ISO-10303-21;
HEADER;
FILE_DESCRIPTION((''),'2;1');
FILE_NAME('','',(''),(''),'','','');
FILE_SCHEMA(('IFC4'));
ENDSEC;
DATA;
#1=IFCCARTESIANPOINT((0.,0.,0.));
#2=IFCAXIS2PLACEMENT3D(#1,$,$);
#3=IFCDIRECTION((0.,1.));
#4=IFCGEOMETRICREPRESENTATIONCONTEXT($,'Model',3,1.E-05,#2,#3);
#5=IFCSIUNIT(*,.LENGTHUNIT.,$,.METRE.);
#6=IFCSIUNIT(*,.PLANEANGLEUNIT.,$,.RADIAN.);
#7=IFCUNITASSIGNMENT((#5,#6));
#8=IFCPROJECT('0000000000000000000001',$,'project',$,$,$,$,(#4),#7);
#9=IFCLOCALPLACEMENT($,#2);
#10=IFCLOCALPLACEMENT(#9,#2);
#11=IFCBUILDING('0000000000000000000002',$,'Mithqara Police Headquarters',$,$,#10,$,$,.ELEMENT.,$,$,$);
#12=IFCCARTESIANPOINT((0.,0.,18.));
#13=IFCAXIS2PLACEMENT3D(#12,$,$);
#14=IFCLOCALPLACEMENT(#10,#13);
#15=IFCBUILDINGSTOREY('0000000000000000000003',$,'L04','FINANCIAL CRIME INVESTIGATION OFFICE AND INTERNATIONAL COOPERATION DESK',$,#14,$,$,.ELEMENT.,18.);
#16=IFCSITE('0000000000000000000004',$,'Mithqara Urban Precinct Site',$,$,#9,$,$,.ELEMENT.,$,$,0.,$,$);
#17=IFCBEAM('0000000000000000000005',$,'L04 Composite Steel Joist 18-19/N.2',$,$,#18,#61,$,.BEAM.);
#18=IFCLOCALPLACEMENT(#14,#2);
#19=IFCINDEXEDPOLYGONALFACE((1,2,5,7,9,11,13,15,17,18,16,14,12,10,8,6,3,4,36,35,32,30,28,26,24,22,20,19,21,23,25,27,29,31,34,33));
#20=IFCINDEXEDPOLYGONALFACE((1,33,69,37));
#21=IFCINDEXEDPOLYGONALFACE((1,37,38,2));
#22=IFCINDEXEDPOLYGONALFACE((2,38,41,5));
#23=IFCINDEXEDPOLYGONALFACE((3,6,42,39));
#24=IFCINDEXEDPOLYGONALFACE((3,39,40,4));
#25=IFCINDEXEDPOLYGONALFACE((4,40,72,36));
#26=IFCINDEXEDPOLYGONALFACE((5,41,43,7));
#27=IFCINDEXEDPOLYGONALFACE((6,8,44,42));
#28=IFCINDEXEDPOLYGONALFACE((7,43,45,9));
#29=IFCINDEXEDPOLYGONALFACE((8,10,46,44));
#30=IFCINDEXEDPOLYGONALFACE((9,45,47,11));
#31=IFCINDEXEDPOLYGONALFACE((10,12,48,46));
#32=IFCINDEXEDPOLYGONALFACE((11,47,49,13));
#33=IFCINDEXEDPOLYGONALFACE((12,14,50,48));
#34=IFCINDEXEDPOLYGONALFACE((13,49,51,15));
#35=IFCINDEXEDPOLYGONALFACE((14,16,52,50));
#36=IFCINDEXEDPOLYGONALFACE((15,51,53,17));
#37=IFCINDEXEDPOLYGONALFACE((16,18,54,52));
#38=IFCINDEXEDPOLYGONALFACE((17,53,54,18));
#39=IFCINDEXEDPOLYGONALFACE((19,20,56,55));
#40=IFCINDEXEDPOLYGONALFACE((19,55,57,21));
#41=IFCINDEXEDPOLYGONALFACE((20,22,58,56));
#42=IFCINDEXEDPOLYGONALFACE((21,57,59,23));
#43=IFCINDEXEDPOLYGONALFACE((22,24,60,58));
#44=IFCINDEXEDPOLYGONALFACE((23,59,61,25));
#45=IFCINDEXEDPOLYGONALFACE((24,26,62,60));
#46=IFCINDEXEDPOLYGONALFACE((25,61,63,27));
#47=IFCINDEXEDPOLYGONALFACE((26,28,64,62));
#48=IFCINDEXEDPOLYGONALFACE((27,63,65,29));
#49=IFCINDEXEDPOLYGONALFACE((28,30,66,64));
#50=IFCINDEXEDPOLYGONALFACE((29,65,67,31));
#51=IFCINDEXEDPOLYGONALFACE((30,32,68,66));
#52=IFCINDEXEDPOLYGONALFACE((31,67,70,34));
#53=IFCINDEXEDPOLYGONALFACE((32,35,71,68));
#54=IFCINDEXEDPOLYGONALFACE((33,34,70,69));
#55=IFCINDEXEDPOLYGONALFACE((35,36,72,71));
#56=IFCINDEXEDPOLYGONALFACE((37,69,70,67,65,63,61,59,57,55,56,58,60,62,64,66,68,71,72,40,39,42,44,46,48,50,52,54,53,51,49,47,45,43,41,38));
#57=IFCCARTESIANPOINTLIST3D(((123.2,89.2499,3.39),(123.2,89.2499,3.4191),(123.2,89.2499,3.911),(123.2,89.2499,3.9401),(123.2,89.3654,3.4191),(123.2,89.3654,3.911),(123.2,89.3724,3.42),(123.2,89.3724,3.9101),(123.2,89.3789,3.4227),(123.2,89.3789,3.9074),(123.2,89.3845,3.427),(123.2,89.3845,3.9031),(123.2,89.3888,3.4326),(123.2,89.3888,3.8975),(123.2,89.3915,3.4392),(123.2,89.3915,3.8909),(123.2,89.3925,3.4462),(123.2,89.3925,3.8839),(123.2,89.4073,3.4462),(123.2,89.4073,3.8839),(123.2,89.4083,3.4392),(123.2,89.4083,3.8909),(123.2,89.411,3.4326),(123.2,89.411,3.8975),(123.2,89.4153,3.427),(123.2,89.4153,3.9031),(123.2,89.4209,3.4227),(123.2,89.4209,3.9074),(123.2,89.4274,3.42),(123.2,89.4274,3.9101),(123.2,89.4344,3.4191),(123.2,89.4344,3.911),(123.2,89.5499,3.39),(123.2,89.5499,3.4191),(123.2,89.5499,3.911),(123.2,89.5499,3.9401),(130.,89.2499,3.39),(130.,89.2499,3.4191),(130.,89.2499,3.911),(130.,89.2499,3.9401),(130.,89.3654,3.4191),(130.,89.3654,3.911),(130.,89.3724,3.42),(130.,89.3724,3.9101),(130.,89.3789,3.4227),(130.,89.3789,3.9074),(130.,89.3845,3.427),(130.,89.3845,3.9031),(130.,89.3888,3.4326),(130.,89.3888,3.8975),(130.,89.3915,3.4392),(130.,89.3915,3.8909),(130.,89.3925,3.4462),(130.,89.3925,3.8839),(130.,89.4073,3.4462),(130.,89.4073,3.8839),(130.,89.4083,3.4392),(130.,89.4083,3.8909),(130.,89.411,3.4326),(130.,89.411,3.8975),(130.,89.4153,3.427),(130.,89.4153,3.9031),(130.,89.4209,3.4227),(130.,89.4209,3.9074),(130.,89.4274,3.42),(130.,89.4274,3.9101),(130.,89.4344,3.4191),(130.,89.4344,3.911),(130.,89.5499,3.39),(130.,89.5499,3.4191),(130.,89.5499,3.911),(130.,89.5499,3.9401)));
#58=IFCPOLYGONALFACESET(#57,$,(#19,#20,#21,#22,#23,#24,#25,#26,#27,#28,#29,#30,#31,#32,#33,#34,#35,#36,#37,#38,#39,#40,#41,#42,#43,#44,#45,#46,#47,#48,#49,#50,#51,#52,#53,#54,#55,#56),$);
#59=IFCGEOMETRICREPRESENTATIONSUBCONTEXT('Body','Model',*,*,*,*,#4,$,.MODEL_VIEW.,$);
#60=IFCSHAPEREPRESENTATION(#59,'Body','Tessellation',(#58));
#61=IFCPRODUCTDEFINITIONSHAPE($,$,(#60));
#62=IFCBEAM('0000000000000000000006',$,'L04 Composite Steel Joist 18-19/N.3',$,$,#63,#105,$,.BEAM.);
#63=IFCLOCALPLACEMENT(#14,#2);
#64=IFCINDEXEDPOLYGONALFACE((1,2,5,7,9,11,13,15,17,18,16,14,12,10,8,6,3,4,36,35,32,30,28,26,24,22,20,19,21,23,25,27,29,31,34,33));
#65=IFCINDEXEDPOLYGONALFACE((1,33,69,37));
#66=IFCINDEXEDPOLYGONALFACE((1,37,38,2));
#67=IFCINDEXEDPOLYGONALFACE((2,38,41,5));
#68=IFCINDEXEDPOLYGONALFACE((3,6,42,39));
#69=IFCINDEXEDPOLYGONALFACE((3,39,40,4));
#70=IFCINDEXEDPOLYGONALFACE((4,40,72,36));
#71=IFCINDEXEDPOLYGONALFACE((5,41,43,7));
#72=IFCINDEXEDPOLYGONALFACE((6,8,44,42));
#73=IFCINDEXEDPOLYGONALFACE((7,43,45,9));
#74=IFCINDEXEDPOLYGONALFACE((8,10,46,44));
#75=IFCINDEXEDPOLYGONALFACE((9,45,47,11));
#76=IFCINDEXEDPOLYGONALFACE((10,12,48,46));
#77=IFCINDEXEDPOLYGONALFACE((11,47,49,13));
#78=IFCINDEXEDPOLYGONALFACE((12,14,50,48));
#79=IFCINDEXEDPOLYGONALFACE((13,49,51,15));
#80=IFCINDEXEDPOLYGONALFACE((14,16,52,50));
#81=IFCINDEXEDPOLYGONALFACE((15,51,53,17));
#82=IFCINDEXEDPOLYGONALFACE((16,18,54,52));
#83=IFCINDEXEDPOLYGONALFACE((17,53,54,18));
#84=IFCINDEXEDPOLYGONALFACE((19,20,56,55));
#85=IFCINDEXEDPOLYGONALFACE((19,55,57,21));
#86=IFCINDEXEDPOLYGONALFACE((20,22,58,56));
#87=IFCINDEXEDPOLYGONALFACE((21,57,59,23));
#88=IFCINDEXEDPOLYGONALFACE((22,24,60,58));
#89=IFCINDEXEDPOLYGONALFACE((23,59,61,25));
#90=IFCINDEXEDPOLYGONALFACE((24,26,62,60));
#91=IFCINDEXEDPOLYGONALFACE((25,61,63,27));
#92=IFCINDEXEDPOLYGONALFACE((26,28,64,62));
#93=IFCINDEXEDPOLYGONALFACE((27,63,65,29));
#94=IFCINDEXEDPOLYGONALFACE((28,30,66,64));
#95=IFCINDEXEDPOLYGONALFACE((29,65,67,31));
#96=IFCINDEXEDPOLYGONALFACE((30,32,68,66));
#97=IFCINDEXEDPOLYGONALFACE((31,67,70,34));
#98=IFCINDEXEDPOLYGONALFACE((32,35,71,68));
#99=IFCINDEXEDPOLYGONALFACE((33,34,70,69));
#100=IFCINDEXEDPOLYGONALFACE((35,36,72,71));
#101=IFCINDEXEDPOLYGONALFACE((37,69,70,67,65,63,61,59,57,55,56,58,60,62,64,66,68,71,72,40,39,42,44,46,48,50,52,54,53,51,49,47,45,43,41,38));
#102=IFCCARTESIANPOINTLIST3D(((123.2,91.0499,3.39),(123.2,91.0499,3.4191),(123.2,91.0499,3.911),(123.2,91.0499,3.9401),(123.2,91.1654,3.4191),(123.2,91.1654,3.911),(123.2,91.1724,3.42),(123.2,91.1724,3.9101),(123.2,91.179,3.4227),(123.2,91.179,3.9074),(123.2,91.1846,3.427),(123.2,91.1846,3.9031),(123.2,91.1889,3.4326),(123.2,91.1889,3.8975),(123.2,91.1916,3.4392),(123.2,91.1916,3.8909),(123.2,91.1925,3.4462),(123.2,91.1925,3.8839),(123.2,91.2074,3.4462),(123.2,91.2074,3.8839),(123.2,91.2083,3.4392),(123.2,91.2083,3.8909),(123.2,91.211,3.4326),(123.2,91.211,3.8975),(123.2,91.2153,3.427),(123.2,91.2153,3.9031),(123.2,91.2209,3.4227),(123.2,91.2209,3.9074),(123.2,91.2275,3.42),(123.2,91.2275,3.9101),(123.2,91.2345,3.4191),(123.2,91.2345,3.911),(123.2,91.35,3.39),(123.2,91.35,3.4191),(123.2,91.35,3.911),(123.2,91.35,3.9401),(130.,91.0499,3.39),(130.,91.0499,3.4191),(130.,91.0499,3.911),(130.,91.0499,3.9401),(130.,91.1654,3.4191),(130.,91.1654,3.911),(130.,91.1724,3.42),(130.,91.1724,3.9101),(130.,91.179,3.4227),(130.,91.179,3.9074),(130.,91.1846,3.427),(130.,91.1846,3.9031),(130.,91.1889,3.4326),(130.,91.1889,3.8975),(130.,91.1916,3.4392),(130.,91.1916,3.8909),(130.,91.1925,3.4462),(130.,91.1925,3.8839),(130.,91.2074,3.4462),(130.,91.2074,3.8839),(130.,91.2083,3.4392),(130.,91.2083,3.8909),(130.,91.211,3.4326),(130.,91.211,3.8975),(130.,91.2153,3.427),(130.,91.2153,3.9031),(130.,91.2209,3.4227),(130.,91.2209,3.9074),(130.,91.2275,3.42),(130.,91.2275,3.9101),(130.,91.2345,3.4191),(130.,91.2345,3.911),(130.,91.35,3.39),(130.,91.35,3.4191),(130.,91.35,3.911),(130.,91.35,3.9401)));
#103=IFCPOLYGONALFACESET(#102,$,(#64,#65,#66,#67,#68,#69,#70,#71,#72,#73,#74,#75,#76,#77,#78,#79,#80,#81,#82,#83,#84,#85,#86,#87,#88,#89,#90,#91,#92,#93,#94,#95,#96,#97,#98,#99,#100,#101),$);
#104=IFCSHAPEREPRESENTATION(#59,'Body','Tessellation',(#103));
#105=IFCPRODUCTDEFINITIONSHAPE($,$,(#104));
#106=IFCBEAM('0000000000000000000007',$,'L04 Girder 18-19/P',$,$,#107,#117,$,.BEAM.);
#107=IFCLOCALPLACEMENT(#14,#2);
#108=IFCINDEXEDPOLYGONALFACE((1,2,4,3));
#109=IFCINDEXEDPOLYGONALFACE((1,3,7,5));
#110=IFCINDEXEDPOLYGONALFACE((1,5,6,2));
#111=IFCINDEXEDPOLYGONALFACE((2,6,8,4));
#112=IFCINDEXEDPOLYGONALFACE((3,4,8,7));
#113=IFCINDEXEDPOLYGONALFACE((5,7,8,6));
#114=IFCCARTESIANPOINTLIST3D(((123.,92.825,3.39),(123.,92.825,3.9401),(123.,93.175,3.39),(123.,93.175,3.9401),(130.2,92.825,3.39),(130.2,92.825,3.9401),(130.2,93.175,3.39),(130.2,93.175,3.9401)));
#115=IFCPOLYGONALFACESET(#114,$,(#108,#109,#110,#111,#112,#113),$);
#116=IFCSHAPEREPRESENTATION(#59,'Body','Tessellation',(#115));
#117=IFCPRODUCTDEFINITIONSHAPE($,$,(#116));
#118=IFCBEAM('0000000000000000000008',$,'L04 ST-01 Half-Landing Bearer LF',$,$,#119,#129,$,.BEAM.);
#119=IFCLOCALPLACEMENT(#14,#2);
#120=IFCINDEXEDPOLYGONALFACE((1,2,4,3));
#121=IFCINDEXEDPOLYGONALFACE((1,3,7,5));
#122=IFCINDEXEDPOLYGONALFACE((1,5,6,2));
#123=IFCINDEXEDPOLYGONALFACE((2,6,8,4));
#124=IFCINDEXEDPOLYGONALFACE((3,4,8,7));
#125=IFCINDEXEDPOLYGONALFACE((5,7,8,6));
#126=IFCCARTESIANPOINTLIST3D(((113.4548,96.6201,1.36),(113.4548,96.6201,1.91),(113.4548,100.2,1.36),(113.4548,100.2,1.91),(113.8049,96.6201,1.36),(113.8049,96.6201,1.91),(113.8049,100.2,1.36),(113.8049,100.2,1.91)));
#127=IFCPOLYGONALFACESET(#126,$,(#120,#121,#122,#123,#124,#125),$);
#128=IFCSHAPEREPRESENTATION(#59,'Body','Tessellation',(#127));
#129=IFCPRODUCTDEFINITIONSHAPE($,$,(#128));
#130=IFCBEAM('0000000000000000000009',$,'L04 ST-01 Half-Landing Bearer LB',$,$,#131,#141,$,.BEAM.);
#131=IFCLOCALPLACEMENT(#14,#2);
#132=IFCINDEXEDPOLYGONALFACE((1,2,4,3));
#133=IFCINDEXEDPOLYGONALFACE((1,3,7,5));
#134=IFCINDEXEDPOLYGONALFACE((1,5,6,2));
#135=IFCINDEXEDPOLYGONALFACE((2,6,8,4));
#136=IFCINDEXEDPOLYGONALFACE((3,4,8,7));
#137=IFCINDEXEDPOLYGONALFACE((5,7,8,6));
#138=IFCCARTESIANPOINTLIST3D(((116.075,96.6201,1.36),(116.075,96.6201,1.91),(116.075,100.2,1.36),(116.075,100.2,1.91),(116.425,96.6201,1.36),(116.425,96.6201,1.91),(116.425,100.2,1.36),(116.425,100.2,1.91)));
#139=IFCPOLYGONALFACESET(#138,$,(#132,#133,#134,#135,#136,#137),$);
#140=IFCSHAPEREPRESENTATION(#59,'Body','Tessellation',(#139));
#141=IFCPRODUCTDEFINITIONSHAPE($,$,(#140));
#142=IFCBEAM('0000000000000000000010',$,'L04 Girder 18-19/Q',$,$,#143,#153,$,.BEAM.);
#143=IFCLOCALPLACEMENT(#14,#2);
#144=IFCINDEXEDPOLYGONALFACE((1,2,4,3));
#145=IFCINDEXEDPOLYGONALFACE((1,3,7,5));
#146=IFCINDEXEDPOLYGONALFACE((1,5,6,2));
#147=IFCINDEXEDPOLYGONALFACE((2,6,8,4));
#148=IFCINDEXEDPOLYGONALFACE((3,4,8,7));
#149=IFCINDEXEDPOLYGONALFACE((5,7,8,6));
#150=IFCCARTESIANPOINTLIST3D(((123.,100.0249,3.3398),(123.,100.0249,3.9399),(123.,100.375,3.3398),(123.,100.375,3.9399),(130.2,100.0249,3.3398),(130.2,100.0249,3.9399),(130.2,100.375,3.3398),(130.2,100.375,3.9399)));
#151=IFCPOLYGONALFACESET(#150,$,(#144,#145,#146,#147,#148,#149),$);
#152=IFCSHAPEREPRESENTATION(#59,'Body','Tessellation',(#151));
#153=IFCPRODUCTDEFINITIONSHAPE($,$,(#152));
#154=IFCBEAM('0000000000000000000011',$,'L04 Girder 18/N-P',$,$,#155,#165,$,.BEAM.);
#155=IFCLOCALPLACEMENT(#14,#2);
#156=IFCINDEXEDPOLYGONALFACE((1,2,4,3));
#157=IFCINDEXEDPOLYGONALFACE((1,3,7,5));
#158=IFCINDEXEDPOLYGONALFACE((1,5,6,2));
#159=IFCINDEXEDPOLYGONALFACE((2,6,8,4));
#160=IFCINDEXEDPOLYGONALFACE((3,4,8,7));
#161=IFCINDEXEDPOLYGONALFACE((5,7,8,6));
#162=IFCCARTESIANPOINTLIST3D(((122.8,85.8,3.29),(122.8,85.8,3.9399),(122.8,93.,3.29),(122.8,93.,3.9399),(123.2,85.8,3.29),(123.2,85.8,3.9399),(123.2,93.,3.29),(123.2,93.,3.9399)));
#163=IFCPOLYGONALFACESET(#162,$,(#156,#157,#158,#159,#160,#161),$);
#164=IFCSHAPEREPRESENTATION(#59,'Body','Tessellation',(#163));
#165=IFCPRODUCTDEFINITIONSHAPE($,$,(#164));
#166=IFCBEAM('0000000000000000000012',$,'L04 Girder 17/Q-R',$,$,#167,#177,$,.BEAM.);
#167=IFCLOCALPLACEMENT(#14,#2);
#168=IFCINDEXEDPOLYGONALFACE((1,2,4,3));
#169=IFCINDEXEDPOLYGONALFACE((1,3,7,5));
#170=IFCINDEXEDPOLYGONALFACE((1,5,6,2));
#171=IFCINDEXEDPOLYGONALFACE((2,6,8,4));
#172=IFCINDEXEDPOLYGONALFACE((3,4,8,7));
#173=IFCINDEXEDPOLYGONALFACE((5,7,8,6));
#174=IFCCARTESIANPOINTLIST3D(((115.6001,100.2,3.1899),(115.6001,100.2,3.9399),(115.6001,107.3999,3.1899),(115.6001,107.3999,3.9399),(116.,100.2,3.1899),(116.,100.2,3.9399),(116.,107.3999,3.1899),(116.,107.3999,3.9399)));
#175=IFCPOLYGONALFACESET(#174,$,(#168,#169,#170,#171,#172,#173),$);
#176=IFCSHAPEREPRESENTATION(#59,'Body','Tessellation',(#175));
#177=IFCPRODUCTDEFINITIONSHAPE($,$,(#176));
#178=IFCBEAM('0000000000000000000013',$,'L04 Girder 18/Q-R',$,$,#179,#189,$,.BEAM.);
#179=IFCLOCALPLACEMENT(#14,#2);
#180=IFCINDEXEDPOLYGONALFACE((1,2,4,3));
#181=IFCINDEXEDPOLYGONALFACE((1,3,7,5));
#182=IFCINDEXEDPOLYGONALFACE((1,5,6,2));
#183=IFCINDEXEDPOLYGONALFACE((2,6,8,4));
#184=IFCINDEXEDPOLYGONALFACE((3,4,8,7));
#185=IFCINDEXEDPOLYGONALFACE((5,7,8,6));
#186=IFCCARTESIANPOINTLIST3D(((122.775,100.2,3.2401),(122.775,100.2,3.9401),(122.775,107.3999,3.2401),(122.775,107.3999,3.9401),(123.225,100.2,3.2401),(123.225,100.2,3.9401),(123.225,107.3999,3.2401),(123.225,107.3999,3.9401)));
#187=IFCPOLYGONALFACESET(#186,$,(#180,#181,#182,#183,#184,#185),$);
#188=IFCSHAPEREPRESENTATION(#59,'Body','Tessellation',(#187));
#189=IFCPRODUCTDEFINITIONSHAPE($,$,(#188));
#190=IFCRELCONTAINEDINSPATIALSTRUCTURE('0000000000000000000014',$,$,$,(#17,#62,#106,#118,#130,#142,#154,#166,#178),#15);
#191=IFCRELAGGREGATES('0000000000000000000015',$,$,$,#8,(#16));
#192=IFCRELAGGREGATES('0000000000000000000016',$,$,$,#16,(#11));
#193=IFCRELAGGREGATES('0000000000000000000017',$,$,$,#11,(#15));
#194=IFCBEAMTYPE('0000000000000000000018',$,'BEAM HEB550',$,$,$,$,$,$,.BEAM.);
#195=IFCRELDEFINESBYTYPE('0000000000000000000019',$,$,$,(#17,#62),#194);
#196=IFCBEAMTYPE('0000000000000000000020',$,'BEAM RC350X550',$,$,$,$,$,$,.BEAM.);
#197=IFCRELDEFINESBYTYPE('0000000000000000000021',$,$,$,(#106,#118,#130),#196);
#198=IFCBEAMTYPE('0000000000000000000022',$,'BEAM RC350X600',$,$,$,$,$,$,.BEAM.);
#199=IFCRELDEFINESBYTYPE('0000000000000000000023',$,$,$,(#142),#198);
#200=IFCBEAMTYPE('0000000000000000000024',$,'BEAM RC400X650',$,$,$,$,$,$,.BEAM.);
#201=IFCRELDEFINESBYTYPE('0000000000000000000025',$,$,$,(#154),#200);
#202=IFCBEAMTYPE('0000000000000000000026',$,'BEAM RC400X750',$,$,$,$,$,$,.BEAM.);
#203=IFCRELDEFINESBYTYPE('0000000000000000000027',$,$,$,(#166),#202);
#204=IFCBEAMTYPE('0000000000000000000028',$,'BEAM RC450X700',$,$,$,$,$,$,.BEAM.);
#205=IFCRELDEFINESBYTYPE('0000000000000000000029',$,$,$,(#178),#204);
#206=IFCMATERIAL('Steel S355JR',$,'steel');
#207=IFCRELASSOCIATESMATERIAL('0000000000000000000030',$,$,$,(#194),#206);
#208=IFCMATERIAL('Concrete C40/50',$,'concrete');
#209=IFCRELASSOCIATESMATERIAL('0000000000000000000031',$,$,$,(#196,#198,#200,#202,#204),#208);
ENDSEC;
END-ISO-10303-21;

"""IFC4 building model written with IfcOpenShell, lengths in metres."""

from ifc_helpers import new_model, si_unit, direction, frame, origin, origin_2d, place, context, subcontext, project, spatial, rectangle, i_section, extrude, material, material_profile, profile_set, type_object, element, save


model = new_model("IFC4")

# Units and contexts
model_context = context("Model", 3, precision=1e-05, world=origin(), true_north=direction((0.0, 1.0)))
body_context = subcontext(model_context, "Body", "Model", "MODEL_VIEW")
ifc_project = project(units=[si_unit("LENGTHUNIT", "METRE"), si_unit("PLANEANGLEUNIT", "RADIAN")], contexts=[model_context])

# Site, building, storey
site_placement = place(None, origin())
site = spatial("IfcSite", under=ifc_project, at=site_placement, Name="Mithqara Urban Precinct Site", CompositionType="ELEMENT", RefElevation=0.0)
building_placement = place(site_placement, origin())
building = spatial("IfcBuilding", under=site, at=building_placement, Name="Mithqara Police Headquarters", CompositionType="ELEMENT")
storey_placement = place(building_placement, frame((0.0, 0.0, 18.0)))
storey = spatial("IfcBuildingStorey", under=building, at=storey_placement, Name="L04", Description="FINANCIAL CRIME INVESTIGATION OFFICE AND INTERNATIONAL COOPERATION DESK", CompositionType="ELEMENT", Elevation=18.0)

# Beams
ifc_material_1 = material(Name="Steel S355JR", Category="steel")
ifc_material_profile_1 = material_profile(ifc_material_1, i_section(OverallWidth=0.3, OverallDepth=0.55, WebThickness=0.0149, FlangeThickness=0.0291, FilletRadius=0.0271, at=origin_2d()), Name="HEB 550")
ifc_profile_set_1 = profile_set([ifc_material_profile_1], Name="Steel S355JR")
beam_type_1 = type_object("IfcBeamType", Name="BEAM HEB550", PredefinedType="BEAM", material=ifc_profile_set_1)
for number, where, z_axis, x_axis, name in (
    (1, (123.2, 89.3999, 3.665), (1.0, 0.0, 0.0), (0.0, 1.0, 0.0), "L04 Composite Steel Joist 18-19/N.2"),
    (2, (123.2, 91.2, 3.665), (1.0, 0.0, 0.0), (0.0, 1.0, 0.0), "L04 Composite Steel Joist 18-19/N.3"),
):
    element("IfcBeam", number, at=place(storey_placement, frame(where, z_axis=z_axis, x_axis=x_axis)), inside=storey, type_object=beam_type_1, Name=name, PredefinedType="BEAM", context=body_context, shape_type="SweptSolid", body=[
        extrude(i_section(OverallWidth=0.3, OverallDepth=0.55, WebThickness=0.0149, FlangeThickness=0.0291, FilletRadius=0.0271, at=origin_2d()), origin(), (0.0, 0.0, 1.0), 6.8),
    ])
ifc_material_2 = material(Name="Concrete C40/50", Category="concrete")
ifc_material_profile_2 = material_profile(ifc_material_2, rectangle(XDim=0.3501, YDim=0.55, at=origin_2d()), Name="RC 350x550")
ifc_profile_set_2 = profile_set([ifc_material_profile_2], Name="Concrete C40/50")
beam_type_2 = type_object("IfcBeamType", Name="BEAM RC350X550", PredefinedType="BEAM", material=ifc_profile_set_2)
beam_1_placement = place(storey_placement, frame((123.0, 93.0, 3.665), z_axis=(1.0, 0.0, 0.0), x_axis=(0.0, 1.0, 0.0)))
element("IfcBeam", 3, at=beam_1_placement, inside=storey, type_object=beam_type_2, Name="L04 Girder 18-19/P", PredefinedType="BEAM", context=body_context, shape_type="SweptSolid", body=[
    extrude(rectangle(XDim=0.3501, YDim=0.55, at=origin_2d()), origin(), (0.0, 0.0, 1.0), 7.2),
])
for number, where, z_axis, x_axis, name in (
    (4, (113.6299, 96.6201, 1.635), (0.0, 1.0, 0.0), (-1.0, 0.0, 0.0), "L04 ST-01 Half-Landing Bearer LF"),
    (5, (116.25, 96.6201, 1.635), (0.0, 1.0, 0.0), (-1.0, 0.0, 0.0), "L04 ST-01 Half-Landing Bearer LB"),
):
    element("IfcBeam", number, at=place(storey_placement, frame(where, z_axis=z_axis, x_axis=x_axis)), inside=storey, type_object=beam_type_2, Name=name, PredefinedType="BEAM", context=body_context, shape_type="SweptSolid", body=[
        extrude(rectangle(XDim=0.3501, YDim=0.55, at=origin_2d()), origin(), (0.0, 0.0, 1.0), 3.5798),
    ])
ifc_material_profile_3 = material_profile(ifc_material_2, rectangle(XDim=0.3501, YDim=0.6001, at=origin_2d()), Name="RC 350x600")
ifc_profile_set_3 = profile_set([ifc_material_profile_3], Name="Concrete C40/50")
beam_type_3 = type_object("IfcBeamType", Name="BEAM RC350X600", PredefinedType="BEAM", material=ifc_profile_set_3)
beam_2_placement = place(storey_placement, frame((123.0, 100.2, 3.6399), z_axis=(1.0, 0.0, 0.0), x_axis=(0.0, 1.0, 0.0)))
element("IfcBeam", 6, at=beam_2_placement, inside=storey, type_object=beam_type_3, Name="L04 Girder 18-19/Q", PredefinedType="BEAM", context=body_context, shape_type="SweptSolid", body=[
    extrude(rectangle(XDim=0.3501, YDim=0.6001, at=origin_2d()), origin(), (0.0, 0.0, 1.0), 7.2),
])
ifc_material_profile_4 = material_profile(ifc_material_2, rectangle(XDim=0.3999, YDim=0.6499, at=origin_2d()), Name="RC 400x650")
ifc_profile_set_4 = profile_set([ifc_material_profile_4], Name="Concrete C40/50")
beam_type_4 = type_object("IfcBeamType", Name="BEAM RC400X650", PredefinedType="BEAM", material=ifc_profile_set_4)
beam_3_placement = place(storey_placement, frame((123.0, 85.8, 3.615), z_axis=(0.0, 1.0, 0.0), x_axis=(-1.0, 0.0, 0.0)))
element("IfcBeam", 7, at=beam_3_placement, inside=storey, type_object=beam_type_4, Name="L04 Girder 18/N-P", PredefinedType="BEAM", context=body_context, shape_type="SweptSolid", body=[
    extrude(rectangle(XDim=0.3999, YDim=0.6499, at=origin_2d()), origin(), (0.0, 0.0, 1.0), 7.2),
])
ifc_material_profile_5 = material_profile(ifc_material_2, rectangle(XDim=0.3999, YDim=0.75, at=origin_2d()), Name="RC 400x750")
ifc_profile_set_5 = profile_set([ifc_material_profile_5], Name="Concrete C40/50")
beam_type_5 = type_object("IfcBeamType", Name="BEAM RC400X750", PredefinedType="BEAM", material=ifc_profile_set_5)
beam_4_placement = place(storey_placement, frame((115.8, 100.2, 3.5649), z_axis=(0.0, 1.0, 0.0), x_axis=(-1.0, 0.0, 0.0)))
element("IfcBeam", 8, at=beam_4_placement, inside=storey, type_object=beam_type_5, Name="L04 Girder 17/Q-R", PredefinedType="BEAM", context=body_context, shape_type="SweptSolid", body=[
    extrude(rectangle(XDim=0.3999, YDim=0.75, at=origin_2d()), origin(), (0.0, 0.0, 1.0), 7.2),
])
ifc_material_profile_6 = material_profile(ifc_material_2, rectangle(XDim=0.45, YDim=0.7, at=origin_2d()), Name="RC 450x700")
ifc_profile_set_6 = profile_set([ifc_material_profile_6], Name="Concrete C40/50")
beam_type_6 = type_object("IfcBeamType", Name="BEAM RC450X700", PredefinedType="BEAM", material=ifc_profile_set_6)
beam_5_placement = place(storey_placement, frame((123.0, 100.2, 3.5901), z_axis=(0.0, 1.0, 0.0), x_axis=(-1.0, 0.0, 0.0)))
element("IfcBeam", 9, at=beam_5_placement, inside=storey, type_object=beam_type_6, Name="L04 Girder 18/Q-R", PredefinedType="BEAM", context=body_context, shape_type="SweptSolid", body=[
    extrude(rectangle(XDim=0.45, YDim=0.7, at=origin_2d()), origin(), (0.0, 0.0, 1.0), 7.2),
])

save(model, "model.ifc")
